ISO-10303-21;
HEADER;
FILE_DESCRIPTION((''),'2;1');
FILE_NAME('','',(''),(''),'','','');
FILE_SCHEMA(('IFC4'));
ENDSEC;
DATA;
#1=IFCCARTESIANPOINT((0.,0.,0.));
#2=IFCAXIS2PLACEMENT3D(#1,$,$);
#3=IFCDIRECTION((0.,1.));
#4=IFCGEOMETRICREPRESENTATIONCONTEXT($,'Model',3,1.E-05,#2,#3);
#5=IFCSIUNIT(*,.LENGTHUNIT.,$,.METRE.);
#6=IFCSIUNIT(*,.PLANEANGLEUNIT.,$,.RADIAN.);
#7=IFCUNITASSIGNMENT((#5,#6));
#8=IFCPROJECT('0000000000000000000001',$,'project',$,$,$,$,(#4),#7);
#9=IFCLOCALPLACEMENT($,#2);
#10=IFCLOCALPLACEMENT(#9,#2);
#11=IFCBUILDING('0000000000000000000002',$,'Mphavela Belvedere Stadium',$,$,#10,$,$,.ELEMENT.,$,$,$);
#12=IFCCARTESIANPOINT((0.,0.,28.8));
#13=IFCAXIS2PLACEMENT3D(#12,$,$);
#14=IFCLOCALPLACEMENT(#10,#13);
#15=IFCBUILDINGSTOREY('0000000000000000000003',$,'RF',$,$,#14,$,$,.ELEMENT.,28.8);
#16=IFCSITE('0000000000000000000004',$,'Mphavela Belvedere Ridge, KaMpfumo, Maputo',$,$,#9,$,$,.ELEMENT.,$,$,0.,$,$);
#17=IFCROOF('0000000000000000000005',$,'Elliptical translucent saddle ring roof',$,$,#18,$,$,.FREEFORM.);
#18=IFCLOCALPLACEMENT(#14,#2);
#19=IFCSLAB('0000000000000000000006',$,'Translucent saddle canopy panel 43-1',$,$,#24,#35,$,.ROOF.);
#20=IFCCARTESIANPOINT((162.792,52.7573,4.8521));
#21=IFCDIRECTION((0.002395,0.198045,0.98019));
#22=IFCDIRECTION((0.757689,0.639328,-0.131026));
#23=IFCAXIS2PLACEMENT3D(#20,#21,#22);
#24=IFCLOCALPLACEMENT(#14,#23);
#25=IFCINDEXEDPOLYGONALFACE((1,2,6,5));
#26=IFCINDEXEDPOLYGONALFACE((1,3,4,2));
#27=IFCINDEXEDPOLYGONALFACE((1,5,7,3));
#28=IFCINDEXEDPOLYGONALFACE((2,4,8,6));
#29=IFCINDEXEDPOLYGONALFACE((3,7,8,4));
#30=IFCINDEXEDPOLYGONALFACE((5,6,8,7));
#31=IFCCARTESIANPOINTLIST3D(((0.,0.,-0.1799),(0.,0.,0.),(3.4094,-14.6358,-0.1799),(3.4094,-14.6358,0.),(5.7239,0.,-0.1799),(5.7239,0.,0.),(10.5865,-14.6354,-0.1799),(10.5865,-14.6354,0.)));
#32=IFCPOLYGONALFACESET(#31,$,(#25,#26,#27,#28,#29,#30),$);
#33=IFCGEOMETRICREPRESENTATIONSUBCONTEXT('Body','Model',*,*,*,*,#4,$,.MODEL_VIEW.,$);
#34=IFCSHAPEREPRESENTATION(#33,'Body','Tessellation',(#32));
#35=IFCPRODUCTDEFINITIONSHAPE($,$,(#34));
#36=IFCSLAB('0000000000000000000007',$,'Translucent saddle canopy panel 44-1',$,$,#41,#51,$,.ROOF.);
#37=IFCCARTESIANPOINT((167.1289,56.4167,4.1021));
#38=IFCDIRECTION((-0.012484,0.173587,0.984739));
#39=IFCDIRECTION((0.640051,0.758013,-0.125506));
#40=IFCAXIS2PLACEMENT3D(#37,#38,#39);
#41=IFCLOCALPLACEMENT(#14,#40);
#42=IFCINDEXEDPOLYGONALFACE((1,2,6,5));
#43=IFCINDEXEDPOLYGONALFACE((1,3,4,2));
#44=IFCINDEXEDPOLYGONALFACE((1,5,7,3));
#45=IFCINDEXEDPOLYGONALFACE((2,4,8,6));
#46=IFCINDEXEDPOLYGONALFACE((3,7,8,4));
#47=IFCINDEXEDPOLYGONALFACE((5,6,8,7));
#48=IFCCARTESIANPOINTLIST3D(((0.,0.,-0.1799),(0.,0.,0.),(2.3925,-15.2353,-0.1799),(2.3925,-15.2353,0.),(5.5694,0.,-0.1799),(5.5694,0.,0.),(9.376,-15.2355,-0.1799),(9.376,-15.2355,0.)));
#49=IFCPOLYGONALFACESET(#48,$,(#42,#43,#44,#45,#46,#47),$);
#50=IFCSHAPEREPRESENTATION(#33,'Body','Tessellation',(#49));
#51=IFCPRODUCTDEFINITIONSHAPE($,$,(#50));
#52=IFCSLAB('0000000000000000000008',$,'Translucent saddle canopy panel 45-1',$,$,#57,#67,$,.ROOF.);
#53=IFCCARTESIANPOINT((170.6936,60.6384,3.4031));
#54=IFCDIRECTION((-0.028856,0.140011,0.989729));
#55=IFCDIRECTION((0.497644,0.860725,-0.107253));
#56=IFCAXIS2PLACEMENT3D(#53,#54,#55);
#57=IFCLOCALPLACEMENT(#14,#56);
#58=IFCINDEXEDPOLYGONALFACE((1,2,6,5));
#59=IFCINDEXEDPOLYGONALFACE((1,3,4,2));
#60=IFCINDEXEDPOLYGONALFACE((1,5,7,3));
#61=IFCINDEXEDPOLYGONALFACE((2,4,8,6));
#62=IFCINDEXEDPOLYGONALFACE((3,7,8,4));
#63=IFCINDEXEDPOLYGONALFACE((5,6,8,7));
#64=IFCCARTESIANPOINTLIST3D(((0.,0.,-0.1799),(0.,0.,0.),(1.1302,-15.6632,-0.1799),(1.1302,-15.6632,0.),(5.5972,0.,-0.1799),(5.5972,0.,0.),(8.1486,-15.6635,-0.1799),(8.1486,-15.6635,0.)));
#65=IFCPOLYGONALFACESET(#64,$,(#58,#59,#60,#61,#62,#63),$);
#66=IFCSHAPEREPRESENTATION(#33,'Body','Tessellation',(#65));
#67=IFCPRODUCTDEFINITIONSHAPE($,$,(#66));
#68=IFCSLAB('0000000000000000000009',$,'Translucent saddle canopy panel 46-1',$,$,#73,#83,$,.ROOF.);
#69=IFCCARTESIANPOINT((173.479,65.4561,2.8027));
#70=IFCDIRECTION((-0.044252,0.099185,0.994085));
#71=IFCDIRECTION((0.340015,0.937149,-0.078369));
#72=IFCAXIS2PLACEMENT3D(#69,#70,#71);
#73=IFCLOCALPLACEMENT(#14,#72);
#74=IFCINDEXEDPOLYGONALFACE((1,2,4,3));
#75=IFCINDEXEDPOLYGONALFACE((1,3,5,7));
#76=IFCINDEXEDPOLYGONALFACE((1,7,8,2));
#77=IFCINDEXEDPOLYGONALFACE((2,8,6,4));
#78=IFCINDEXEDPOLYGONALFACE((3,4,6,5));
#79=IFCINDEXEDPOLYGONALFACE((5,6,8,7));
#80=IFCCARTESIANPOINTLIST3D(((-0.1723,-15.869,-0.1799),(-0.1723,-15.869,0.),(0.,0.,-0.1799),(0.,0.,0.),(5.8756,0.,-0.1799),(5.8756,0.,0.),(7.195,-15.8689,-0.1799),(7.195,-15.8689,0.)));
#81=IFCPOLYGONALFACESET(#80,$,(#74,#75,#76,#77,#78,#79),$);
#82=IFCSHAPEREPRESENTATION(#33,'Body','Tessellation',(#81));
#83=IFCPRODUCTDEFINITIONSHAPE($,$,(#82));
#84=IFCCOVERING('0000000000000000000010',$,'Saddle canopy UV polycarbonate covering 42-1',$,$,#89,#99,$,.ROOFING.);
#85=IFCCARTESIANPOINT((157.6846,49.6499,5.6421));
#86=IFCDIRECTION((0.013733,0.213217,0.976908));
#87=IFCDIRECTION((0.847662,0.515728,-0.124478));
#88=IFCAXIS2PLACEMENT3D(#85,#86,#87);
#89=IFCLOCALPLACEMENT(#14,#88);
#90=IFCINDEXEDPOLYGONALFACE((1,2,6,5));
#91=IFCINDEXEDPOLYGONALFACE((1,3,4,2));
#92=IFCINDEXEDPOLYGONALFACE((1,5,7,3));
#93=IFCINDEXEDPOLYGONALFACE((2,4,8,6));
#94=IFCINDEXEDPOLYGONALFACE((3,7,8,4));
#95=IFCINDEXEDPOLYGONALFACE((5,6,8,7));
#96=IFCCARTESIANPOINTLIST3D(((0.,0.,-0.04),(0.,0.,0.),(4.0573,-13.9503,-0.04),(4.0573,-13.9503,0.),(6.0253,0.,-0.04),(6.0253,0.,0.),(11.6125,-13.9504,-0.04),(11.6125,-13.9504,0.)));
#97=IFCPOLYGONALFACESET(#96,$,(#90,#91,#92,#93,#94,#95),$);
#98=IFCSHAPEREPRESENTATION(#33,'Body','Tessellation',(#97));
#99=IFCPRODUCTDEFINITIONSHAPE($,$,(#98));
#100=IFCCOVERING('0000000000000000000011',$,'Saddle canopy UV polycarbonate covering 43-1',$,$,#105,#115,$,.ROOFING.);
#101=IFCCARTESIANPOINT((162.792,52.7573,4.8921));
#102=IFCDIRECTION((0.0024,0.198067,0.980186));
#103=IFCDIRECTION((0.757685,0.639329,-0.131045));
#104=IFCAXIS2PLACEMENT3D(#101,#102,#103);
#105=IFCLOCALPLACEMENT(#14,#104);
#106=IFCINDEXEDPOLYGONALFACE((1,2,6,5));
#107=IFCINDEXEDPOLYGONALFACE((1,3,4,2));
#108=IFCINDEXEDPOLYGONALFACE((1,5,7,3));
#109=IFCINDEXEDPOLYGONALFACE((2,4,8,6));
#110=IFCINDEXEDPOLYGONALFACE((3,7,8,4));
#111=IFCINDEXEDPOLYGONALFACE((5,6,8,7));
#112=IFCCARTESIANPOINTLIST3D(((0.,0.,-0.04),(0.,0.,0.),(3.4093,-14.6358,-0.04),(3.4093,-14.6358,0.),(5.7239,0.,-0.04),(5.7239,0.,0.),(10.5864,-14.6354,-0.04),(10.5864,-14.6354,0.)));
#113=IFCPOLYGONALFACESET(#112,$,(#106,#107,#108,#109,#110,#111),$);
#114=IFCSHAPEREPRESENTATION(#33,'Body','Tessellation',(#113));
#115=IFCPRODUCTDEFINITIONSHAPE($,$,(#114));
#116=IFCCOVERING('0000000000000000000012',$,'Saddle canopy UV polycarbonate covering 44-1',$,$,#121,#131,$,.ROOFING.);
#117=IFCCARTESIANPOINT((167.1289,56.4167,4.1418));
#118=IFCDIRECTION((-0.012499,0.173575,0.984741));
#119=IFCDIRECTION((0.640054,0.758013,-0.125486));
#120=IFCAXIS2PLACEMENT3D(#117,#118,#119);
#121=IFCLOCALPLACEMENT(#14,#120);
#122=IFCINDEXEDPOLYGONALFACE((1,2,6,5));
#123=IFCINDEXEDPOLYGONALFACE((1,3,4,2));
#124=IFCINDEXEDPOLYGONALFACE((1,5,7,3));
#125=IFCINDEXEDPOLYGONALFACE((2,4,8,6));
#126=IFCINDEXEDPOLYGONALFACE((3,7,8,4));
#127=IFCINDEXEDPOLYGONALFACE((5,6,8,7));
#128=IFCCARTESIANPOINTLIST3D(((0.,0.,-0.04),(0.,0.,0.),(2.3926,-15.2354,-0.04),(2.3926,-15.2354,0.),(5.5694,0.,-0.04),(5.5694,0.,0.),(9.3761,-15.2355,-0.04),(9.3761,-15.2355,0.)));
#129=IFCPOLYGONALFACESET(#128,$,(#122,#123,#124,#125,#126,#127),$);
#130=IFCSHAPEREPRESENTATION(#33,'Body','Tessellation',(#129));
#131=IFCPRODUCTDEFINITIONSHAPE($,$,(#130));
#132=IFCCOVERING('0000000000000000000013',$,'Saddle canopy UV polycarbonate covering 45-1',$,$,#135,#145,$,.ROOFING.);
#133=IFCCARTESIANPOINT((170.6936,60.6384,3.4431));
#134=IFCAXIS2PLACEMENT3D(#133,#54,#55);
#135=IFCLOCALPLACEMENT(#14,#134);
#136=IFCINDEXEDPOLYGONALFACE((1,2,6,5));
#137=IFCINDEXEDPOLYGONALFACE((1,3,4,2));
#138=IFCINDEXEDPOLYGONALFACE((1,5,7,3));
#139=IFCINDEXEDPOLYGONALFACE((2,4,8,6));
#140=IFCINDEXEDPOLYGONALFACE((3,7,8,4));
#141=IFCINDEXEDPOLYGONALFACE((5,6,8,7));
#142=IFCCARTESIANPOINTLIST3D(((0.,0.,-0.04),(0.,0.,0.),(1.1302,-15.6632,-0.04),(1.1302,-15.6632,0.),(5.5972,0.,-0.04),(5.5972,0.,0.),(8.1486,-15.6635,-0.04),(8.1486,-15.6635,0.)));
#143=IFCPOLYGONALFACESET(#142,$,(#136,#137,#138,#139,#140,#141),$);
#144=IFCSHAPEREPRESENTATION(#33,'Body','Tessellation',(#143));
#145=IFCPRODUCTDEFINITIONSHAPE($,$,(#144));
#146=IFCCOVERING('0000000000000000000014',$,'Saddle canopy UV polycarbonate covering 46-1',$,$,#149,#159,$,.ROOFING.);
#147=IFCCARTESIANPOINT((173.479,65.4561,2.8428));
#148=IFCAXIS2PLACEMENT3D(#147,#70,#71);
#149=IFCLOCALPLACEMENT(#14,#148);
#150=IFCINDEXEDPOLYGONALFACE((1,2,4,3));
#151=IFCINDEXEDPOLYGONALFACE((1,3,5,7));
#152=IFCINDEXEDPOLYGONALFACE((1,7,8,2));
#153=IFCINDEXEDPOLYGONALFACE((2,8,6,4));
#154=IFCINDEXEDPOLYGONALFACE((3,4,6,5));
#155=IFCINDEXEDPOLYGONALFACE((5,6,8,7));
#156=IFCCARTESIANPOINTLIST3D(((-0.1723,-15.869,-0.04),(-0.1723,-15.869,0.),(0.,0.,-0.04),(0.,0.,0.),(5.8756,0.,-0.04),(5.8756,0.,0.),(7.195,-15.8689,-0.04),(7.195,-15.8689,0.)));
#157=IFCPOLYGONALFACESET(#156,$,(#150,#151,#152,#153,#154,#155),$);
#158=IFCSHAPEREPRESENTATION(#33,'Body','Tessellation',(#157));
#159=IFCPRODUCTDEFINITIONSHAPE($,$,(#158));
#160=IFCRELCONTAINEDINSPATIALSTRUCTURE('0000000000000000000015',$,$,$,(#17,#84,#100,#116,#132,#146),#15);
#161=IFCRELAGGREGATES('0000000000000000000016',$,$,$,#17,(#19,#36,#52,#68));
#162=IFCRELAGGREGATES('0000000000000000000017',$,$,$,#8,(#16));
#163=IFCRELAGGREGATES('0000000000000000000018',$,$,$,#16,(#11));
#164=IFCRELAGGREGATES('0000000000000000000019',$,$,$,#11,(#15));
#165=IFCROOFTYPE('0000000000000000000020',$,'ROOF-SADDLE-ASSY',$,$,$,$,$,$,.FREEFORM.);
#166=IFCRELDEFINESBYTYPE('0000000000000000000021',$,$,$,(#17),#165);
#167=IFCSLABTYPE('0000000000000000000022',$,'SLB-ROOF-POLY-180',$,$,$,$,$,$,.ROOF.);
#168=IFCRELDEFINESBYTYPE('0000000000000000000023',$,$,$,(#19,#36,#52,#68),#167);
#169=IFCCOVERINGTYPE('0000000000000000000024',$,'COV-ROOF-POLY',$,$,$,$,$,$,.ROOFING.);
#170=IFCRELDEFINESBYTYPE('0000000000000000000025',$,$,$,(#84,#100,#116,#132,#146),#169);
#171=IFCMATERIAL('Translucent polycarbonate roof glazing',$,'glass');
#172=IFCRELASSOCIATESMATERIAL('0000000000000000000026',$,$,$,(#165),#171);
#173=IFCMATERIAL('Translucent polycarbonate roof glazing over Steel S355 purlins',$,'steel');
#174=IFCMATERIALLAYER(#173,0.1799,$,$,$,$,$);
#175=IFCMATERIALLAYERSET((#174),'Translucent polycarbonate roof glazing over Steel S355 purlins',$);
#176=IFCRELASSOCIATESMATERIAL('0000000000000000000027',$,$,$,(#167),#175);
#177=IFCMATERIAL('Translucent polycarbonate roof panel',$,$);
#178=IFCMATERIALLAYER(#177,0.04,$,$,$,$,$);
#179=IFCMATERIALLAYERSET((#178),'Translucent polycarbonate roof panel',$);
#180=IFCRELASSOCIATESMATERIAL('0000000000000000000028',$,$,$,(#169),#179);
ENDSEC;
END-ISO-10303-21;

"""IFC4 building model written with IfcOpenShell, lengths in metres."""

from ifc_helpers import new_model, si_unit, direction, frame, origin, place, context, subcontext, project, spatial, polyline, outline, extrude, material, layer, layer_set, type_object, element, aggregate, save


model = new_model("IFC4")

# Units and contexts
model_context = context("Model", 3, precision=1e-05, world=origin(), true_north=direction((0.0, 1.0)))
body_context = subcontext(model_context, "Body", "Model", "MODEL_VIEW")
ifc_project = project(units=[si_unit("LENGTHUNIT", "METRE"), si_unit("PLANEANGLEUNIT", "RADIAN")], contexts=[model_context])

# Site, building, storey
site_placement = place(None, origin())
site = spatial("IfcSite", under=ifc_project, at=site_placement, Name="Mphavela Belvedere Ridge, KaMpfumo, Maputo", CompositionType="ELEMENT", RefElevation=0.0)
building_placement = place(site_placement, origin())
building = spatial("IfcBuilding", under=site, at=building_placement, Name="Mphavela Belvedere Stadium", CompositionType="ELEMENT")
storey_placement = place(building_placement, frame((0.0, 0.0, 28.8)))
storey = spatial("IfcBuildingStorey", under=building, at=storey_placement, Name="RF", CompositionType="ELEMENT", Elevation=28.8)

# Roof, slabs
ifc_material_1 = material(Name="Translucent polycarbonate roof glazing", Category="glass")
roof_type = type_object("IfcRoofType", Name="ROOF-SADDLE-ASSY", PredefinedType="FREEFORM", material=ifc_material_1)
roof_placement = place(storey_placement, origin())
roof = element("IfcRoof", 1, at=roof_placement, inside=storey, type_object=roof_type, Name="Elliptical translucent saddle ring roof", PredefinedType="FREEFORM")
ifc_material_2 = material(Name="Translucent polycarbonate roof glazing over Steel S355 purlins", Category="steel")
ifc_layer_1 = layer(ifc_material_2, 0.1799)
ifc_layer_set_1 = layer_set([ifc_layer_1], Name="Translucent polycarbonate roof glazing over Steel S355 purlins")
slab_type = type_object("IfcSlabType", Name="SLB-ROOF-POLY-180", PredefinedType="ROOF", material=ifc_layer_set_1)
slab_1_placement = place(storey_placement, frame((162.792, 52.7573, 4.8521), z_axis=(0.002395, 0.198045, 0.98019), x_axis=(0.757689, 0.639328, -0.131026)))
slab_1 = element("IfcSlab", 2, at=slab_1_placement, type_object=slab_type, Name="Translucent saddle canopy panel 43-1", PredefinedType="ROOF", context=body_context, shape_type="SweptSolid", body=[
    extrude(outline(polyline([(0.0, 0.0), (5.7239, 0.0), (10.5865, -14.6354), (3.4094, -14.6358), (0.0, 0.0)])), origin(), (0.0, 0.0, -1.0), 0.1799),
])
slab_2_placement = place(storey_placement, frame((167.1289, 56.4167, 4.1021), z_axis=(-0.012484, 0.173587, 0.984739), x_axis=(0.640051, 0.758013, -0.125506)))
slab_2 = element("IfcSlab", 3, at=slab_2_placement, type_object=slab_type, Name="Translucent saddle canopy panel 44-1", PredefinedType="ROOF", context=body_context, shape_type="SweptSolid", body=[
    extrude(outline(polyline([(0.0, 0.0), (5.5694, 0.0), (9.376, -15.2355), (2.3925, -15.2353), (0.0, 0.0)])), origin(), (0.0, 0.0, -1.0), 0.1799),
])
slab_3_placement = place(storey_placement, frame((170.6936, 60.6384, 3.4031), z_axis=(-0.028856, 0.140011, 0.989729), x_axis=(0.497644, 0.860725, -0.107253)))
slab_3 = element("IfcSlab", 4, at=slab_3_placement, type_object=slab_type, Name="Translucent saddle canopy panel 45-1", PredefinedType="ROOF", context=body_context, shape_type="SweptSolid", body=[
    extrude(outline(polyline([(0.0, 0.0), (5.5972, 0.0), (8.1486, -15.6635), (1.1302, -15.6632), (0.0, 0.0)])), origin(), (0.0, 0.0, -1.0), 0.1799),
])
slab_4_placement = place(storey_placement, frame((173.479, 65.4561, 2.8027), z_axis=(-0.044252, 0.099185, 0.994085), x_axis=(0.340015, 0.937149, -0.078369)))
slab_4 = element("IfcSlab", 5, at=slab_4_placement, type_object=slab_type, Name="Translucent saddle canopy panel 46-1", PredefinedType="ROOF", context=body_context, shape_type="SweptSolid", body=[
    extrude(outline(polyline([(0.0, 0.0), (5.8756, 0.0), (7.195, -15.8689), (-0.1723, -15.869), (0.0, 0.0)])), origin(), (0.0, 0.0, -1.0), 0.1799),
])
aggregate(roof, [slab_1, slab_2, slab_3, slab_4])

# Coverings
ifc_material_3 = material(Name="Translucent polycarbonate roof panel")
ifc_layer_2 = layer(ifc_material_3, 0.04)
ifc_layer_set_2 = layer_set([ifc_layer_2], Name="Translucent polycarbonate roof panel")
covering_type = type_object("IfcCoveringType", Name="COV-ROOF-POLY", PredefinedType="ROOFING", material=ifc_layer_set_2)
covering_1_placement = place(storey_placement, frame((157.6846, 49.6499, 5.6421), z_axis=(0.013733, 0.213217, 0.976908), x_axis=(0.847662, 0.515728, -0.124478)))
element("IfcCovering", 6, at=covering_1_placement, inside=storey, type_object=covering_type, Name="Saddle canopy UV polycarbonate covering 42-1", PredefinedType="ROOFING", context=body_context, shape_type="SweptSolid", body=[
    extrude(outline(polyline([(0.0, 0.0), (6.0253, 0.0), (11.6125, -13.9504), (4.0573, -13.9503), (0.0, 0.0)])), origin(), (0.0, 0.0, -1.0), 0.04),
])
covering_2_placement = place(storey_placement, frame((162.792, 52.7573, 4.8921), z_axis=(0.0024, 0.198067, 0.980186), x_axis=(0.757685, 0.639329, -0.131045)))
element("IfcCovering", 7, at=covering_2_placement, inside=storey, type_object=covering_type, Name="Saddle canopy UV polycarbonate covering 43-1", PredefinedType="ROOFING", context=body_context, shape_type="SweptSolid", body=[
    extrude(outline(polyline([(0.0, 0.0), (5.7239, 0.0), (10.5864, -14.6354), (3.4093, -14.6358), (0.0, 0.0)])), origin(), (0.0, 0.0, -1.0), 0.04),
])
covering_3_placement = place(storey_placement, frame((167.1289, 56.4167, 4.1418), z_axis=(-0.012499, 0.173575, 0.984741), x_axis=(0.640054, 0.758013, -0.125486)))
element("IfcCovering", 8, at=covering_3_placement, inside=storey, type_object=covering_type, Name="Saddle canopy UV polycarbonate covering 44-1", PredefinedType="ROOFING", context=body_context, shape_type="SweptSolid", body=[
    extrude(outline(polyline([(0.0, 0.0), (5.5694, 0.0), (9.3761, -15.2355), (2.3926, -15.2354), (0.0, 0.0)])), origin(), (0.0, 0.0, -1.0), 0.04),
])
covering_4_placement = place(storey_placement, frame((170.6936, 60.6384, 3.4431), z_axis=(-0.028856, 0.140011, 0.989729), x_axis=(0.497644, 0.860725, -0.107253)))
element("IfcCovering", 9, at=covering_4_placement, inside=storey, type_object=covering_type, Name="Saddle canopy UV polycarbonate covering 45-1", PredefinedType="ROOFING", context=body_context, shape_type="SweptSolid", body=[
    extrude(outline(polyline([(0.0, 0.0), (5.5972, 0.0), (8.1486, -15.6635), (1.1302, -15.6632), (0.0, 0.0)])), origin(), (0.0, 0.0, -1.0), 0.04),
])
covering_5_placement = place(storey_placement, frame((173.479, 65.4561, 2.8428), z_axis=(-0.044252, 0.099185, 0.994085), x_axis=(0.340015, 0.937149, -0.078369)))
element("IfcCovering", 10, at=covering_5_placement, inside=storey, type_object=covering_type, Name="Saddle canopy UV polycarbonate covering 46-1", PredefinedType="ROOFING", context=body_context, shape_type="SweptSolid", body=[
    extrude(outline(polyline([(0.0, 0.0), (5.8756, 0.0), (7.195, -15.8689), (-0.1723, -15.869), (0.0, 0.0)])), origin(), (0.0, 0.0, -1.0), 0.04),
])

save(model, "model.ifc")
